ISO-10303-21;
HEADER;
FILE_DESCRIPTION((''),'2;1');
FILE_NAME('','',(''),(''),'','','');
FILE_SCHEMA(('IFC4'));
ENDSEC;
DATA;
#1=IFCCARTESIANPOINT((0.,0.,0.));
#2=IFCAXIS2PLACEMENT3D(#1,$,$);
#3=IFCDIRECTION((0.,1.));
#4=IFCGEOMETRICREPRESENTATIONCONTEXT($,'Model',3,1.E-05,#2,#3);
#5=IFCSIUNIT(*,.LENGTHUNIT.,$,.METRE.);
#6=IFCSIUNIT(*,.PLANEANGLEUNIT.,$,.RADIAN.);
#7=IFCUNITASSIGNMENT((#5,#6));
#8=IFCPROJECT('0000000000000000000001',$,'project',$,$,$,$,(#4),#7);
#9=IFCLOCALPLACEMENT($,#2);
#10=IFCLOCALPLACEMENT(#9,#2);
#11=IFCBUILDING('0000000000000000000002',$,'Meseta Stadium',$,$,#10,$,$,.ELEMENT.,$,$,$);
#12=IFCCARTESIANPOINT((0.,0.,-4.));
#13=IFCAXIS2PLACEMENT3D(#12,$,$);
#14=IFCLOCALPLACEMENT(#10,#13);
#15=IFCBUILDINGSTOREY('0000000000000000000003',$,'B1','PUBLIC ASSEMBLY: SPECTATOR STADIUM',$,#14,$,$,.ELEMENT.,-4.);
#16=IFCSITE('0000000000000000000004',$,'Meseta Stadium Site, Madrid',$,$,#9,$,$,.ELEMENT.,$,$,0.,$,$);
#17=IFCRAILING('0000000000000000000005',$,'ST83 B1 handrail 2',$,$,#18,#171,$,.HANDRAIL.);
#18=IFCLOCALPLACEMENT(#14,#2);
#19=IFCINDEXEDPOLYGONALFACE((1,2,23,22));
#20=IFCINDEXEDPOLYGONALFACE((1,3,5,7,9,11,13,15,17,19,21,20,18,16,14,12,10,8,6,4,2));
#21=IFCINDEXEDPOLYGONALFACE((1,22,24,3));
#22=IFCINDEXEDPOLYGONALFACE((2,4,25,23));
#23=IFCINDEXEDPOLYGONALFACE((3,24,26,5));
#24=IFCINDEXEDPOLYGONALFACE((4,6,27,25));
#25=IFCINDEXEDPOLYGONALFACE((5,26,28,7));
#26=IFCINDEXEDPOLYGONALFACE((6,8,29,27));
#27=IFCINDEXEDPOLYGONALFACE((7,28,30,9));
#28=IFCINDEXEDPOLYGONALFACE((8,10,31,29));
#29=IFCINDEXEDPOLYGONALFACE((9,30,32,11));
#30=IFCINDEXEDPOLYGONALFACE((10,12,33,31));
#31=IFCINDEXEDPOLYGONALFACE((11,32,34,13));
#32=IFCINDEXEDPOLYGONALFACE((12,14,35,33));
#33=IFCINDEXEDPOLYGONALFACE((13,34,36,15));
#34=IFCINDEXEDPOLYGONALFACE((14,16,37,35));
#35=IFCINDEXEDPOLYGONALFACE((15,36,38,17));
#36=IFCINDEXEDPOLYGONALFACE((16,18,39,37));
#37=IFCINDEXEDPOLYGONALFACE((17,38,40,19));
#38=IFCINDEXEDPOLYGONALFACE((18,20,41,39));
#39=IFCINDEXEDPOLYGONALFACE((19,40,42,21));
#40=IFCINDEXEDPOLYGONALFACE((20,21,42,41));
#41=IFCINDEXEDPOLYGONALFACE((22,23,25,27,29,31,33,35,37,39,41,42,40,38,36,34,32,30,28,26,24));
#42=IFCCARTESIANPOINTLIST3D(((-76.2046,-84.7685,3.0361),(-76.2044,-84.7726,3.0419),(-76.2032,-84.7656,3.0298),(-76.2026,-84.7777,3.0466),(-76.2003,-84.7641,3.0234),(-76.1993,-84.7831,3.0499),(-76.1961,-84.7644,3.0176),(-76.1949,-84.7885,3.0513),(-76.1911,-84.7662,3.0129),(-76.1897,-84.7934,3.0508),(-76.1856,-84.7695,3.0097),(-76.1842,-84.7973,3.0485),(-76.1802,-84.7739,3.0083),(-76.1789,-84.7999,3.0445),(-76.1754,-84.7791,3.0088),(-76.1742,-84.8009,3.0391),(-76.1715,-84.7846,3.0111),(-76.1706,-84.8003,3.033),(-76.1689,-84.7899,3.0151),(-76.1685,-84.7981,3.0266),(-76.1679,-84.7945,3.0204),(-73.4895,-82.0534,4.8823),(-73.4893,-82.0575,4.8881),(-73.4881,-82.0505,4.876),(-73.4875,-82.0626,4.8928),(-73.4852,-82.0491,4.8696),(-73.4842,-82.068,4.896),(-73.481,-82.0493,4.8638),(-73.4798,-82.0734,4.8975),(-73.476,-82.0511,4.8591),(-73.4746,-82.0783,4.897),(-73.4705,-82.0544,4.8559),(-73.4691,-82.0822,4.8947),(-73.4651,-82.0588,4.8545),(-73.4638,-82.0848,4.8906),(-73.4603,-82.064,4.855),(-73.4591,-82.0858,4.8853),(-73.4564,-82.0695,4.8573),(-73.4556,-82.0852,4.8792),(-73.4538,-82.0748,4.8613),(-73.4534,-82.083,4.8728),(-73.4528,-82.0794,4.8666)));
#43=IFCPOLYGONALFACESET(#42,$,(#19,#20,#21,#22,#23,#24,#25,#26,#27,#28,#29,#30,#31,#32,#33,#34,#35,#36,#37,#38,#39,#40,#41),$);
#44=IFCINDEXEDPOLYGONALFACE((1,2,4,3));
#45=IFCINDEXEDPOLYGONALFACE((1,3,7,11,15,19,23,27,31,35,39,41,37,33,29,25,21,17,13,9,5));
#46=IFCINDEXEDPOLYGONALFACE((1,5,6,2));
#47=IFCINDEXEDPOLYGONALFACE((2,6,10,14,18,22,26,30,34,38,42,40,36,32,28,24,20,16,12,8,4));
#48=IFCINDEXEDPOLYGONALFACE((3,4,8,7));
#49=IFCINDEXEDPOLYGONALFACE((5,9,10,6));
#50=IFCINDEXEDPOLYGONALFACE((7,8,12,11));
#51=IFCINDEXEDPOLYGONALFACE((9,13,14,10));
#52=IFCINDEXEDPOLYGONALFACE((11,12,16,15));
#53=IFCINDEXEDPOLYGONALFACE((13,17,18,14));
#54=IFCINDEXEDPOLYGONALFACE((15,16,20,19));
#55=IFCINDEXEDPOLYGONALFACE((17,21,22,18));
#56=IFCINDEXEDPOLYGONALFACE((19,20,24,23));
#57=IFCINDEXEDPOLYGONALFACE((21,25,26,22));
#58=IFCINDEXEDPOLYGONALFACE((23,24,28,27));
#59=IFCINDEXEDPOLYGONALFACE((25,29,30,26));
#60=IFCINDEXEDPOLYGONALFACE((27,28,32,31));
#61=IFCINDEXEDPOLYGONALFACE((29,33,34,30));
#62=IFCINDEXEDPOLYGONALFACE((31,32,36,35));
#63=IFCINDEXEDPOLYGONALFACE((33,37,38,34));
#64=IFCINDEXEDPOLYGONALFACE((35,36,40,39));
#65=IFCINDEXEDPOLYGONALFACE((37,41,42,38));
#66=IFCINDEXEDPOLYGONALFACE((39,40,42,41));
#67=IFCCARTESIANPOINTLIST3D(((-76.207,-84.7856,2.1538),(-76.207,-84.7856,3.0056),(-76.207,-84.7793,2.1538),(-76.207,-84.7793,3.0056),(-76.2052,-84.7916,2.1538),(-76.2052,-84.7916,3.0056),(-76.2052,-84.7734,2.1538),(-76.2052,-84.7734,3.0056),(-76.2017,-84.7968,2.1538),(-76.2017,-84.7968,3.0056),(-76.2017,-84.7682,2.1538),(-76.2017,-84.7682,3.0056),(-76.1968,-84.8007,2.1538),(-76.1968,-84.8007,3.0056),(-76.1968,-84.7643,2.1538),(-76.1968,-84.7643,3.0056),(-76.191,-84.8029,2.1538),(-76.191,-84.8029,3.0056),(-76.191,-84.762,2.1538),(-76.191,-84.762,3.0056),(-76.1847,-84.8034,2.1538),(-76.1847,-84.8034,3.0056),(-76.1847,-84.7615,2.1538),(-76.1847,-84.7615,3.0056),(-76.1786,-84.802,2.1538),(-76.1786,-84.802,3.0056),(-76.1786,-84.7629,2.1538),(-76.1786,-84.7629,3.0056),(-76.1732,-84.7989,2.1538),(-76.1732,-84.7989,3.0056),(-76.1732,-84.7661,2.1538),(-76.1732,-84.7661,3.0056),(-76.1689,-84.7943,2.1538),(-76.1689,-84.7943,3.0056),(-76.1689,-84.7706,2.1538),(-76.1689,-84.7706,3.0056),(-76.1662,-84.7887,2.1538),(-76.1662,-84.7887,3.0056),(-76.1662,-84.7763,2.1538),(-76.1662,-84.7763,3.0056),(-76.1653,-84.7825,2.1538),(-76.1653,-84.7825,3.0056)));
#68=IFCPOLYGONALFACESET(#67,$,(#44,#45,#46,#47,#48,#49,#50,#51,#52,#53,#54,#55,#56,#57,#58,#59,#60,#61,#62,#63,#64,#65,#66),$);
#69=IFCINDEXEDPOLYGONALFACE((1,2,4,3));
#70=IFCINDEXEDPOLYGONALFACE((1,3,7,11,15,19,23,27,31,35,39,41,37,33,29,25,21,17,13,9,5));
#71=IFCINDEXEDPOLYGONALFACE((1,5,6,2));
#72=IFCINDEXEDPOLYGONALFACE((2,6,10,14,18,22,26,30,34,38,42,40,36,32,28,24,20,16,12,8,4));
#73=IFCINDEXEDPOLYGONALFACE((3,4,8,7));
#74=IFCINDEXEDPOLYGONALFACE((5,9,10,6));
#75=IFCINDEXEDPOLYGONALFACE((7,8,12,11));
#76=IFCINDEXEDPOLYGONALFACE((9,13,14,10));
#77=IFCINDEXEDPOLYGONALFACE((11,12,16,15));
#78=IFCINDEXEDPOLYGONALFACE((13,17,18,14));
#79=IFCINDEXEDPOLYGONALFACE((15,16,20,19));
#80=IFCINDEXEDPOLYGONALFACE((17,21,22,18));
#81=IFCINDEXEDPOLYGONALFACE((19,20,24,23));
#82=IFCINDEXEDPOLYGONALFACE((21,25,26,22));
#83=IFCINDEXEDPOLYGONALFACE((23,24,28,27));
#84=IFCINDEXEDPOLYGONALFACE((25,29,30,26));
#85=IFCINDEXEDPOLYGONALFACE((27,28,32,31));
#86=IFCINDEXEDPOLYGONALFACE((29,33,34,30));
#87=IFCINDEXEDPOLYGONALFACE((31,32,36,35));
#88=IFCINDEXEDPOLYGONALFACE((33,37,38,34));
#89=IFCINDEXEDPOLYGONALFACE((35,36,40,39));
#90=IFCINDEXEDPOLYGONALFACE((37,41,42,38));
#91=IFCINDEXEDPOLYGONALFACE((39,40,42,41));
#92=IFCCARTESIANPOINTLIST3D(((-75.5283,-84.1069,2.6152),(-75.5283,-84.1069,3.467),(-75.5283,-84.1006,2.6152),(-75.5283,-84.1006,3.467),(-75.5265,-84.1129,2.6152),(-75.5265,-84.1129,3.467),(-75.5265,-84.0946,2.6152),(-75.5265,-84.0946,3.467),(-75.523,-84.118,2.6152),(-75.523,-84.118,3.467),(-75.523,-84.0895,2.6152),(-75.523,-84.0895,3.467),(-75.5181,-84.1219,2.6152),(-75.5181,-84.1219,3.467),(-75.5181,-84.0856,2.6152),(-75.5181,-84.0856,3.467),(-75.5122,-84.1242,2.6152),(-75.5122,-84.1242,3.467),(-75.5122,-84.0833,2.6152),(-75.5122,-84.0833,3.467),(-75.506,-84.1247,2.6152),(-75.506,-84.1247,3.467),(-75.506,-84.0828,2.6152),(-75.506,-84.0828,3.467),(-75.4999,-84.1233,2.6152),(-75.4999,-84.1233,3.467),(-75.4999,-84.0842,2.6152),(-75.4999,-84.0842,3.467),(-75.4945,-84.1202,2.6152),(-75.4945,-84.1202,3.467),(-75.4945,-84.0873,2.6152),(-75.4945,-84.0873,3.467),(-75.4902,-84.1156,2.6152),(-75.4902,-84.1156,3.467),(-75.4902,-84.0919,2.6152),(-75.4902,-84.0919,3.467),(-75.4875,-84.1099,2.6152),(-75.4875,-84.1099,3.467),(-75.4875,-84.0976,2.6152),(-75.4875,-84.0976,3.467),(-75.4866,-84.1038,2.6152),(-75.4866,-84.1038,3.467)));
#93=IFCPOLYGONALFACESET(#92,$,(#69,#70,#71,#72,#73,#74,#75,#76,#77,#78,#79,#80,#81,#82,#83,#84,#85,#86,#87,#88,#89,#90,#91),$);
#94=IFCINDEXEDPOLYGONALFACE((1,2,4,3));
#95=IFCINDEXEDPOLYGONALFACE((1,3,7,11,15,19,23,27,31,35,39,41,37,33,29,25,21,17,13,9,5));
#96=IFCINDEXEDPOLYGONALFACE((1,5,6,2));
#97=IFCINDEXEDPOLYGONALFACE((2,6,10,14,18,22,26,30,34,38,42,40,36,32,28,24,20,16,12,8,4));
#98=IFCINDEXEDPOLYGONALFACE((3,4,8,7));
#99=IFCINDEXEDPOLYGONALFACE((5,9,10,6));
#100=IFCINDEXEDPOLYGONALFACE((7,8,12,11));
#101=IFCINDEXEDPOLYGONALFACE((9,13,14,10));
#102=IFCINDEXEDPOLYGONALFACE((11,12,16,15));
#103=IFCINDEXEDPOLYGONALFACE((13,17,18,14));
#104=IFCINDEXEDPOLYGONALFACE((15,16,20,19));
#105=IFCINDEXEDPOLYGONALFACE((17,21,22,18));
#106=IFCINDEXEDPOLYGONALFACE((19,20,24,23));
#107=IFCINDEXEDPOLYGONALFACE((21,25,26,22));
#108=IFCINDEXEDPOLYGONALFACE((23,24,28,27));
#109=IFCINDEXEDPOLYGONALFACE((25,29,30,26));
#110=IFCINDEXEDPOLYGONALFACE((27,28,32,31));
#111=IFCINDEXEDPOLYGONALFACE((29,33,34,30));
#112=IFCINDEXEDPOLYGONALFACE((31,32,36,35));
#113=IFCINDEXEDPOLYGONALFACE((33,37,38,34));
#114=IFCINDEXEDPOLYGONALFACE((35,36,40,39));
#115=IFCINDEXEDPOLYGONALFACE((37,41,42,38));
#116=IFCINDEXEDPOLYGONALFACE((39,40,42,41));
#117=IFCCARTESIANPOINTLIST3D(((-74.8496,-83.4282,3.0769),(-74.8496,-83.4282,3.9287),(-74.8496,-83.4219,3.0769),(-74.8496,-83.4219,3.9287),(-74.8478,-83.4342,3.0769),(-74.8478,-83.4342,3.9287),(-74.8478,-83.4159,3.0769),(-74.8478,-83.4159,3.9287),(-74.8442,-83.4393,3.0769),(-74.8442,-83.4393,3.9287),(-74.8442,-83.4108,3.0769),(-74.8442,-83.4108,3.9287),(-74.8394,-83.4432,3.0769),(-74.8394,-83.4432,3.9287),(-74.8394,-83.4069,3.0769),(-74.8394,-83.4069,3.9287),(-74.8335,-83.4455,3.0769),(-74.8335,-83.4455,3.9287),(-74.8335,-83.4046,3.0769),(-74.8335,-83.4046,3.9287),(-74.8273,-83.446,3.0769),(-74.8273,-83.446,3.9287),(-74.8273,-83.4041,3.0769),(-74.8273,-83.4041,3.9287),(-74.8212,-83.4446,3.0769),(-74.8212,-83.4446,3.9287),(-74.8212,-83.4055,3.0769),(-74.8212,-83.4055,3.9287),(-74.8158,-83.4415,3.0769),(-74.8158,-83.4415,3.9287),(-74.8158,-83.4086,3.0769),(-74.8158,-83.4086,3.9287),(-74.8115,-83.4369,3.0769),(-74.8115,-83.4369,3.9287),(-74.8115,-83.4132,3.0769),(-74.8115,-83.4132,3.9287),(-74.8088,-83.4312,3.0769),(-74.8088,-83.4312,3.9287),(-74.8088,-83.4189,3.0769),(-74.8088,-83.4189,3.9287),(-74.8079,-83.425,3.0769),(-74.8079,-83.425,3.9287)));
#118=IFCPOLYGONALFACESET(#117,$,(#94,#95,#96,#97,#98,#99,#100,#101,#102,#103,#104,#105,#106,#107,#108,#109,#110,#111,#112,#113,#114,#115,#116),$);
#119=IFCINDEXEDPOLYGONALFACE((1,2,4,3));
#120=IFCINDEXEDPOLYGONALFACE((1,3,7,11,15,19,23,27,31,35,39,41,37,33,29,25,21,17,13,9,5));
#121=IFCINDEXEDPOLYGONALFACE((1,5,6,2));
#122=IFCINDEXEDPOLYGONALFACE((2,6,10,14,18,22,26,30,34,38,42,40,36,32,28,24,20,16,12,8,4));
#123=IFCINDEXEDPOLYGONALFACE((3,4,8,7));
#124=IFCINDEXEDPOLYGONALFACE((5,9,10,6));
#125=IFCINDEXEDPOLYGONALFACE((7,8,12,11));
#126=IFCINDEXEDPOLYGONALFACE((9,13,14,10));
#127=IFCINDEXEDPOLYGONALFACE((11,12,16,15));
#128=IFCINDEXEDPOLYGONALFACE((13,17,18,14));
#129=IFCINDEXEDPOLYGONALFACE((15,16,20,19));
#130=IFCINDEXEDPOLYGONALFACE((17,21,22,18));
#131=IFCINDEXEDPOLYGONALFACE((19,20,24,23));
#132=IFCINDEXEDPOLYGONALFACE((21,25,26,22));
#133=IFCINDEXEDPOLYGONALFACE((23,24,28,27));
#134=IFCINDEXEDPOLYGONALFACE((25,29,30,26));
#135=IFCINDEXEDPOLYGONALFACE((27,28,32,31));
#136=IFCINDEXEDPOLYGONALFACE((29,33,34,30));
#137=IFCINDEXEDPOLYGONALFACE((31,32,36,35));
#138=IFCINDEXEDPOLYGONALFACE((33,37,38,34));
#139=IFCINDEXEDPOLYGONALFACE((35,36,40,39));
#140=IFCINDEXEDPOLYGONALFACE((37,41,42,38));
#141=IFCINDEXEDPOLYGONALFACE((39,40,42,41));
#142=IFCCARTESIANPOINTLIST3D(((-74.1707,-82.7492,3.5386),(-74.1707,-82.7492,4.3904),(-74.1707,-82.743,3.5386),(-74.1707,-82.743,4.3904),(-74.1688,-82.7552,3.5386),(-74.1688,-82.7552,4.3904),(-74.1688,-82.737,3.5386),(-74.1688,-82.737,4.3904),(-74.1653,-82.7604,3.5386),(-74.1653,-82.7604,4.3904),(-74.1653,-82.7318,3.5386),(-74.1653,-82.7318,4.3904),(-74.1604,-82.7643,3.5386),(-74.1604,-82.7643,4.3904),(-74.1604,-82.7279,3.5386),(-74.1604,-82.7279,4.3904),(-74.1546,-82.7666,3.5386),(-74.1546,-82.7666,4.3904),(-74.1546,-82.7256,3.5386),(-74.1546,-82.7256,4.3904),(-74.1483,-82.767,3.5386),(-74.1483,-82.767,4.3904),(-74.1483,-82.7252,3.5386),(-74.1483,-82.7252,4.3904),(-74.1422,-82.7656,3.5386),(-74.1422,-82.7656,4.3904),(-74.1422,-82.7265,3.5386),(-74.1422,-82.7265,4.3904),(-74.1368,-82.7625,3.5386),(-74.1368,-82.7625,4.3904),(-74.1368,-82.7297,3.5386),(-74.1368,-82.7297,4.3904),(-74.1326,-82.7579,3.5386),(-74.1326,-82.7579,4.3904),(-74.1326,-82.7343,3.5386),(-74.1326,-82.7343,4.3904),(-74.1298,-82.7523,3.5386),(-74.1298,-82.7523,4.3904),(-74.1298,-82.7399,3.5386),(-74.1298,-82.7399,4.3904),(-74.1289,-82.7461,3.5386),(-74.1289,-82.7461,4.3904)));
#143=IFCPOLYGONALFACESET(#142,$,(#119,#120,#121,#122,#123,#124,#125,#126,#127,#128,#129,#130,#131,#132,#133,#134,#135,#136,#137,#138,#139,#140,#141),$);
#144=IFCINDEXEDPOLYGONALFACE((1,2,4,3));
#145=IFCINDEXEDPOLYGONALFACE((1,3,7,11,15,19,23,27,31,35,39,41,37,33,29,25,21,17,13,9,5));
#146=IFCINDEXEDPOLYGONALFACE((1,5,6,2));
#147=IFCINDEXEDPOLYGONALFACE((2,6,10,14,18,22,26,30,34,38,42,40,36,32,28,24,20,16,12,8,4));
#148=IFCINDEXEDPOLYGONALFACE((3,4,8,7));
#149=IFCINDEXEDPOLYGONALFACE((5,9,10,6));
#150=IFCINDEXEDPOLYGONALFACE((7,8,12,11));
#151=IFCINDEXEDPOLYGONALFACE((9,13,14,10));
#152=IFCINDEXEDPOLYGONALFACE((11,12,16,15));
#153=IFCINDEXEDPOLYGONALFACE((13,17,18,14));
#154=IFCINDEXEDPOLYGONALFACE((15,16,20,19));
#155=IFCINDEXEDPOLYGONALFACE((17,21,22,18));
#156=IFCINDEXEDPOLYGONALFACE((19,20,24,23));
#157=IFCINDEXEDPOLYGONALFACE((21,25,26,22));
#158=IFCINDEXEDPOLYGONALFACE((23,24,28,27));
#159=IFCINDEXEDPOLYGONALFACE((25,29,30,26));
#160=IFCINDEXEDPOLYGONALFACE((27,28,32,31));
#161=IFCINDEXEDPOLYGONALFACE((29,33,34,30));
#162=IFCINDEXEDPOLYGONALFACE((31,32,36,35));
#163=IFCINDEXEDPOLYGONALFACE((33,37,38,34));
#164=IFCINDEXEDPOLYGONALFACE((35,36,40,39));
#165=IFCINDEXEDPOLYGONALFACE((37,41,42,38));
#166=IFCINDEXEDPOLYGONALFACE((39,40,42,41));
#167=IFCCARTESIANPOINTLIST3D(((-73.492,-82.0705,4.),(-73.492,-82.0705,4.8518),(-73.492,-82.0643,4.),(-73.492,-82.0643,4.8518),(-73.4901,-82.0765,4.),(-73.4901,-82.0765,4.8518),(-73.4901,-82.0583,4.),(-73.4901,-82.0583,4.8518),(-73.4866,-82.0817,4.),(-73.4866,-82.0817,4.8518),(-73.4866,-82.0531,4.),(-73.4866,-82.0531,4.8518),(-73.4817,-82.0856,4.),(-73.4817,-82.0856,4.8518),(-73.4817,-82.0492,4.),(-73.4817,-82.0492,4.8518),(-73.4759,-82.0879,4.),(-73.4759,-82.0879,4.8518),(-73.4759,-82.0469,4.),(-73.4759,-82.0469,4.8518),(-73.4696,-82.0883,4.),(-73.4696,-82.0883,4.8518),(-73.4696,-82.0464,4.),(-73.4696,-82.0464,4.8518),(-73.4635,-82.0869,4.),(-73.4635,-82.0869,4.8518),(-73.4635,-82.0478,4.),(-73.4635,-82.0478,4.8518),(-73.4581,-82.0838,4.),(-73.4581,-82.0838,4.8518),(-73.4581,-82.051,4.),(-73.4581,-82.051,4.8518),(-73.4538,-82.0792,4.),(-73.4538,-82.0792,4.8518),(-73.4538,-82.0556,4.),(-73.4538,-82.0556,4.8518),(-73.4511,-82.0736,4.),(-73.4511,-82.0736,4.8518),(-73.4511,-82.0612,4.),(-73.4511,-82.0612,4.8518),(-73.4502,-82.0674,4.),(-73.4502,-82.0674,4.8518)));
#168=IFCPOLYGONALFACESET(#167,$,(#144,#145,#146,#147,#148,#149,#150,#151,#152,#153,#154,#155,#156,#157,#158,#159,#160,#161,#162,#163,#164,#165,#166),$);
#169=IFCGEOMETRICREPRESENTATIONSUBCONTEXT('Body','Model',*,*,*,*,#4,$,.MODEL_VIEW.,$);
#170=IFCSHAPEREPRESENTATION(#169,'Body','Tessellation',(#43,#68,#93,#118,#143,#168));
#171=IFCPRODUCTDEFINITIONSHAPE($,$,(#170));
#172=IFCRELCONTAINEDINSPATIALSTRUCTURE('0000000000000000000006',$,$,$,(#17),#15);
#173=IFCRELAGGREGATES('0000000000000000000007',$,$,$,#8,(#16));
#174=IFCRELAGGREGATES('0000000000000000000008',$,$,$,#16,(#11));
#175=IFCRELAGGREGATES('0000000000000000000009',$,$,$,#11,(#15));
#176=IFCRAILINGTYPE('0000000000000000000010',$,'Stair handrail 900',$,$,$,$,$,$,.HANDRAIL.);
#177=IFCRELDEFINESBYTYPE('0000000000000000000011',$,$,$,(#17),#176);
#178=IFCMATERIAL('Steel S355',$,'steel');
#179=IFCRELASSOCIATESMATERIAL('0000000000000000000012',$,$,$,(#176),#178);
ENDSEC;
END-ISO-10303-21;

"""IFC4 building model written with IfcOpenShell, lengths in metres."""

from ifc_helpers import new_model, si_unit, direction, frame, origin, origin_2d, place, context, subcontext, project, spatial, circle, extrude, material, type_object, element, save


model = new_model("IFC4")

# Units and contexts
model_context = context("Model", 3, precision=1e-05, world=origin(), true_north=direction((0.0, 1.0)))
body_context = subcontext(model_context, "Body", "Model", "MODEL_VIEW")
ifc_project = project(units=[si_unit("LENGTHUNIT", "METRE"), si_unit("PLANEANGLEUNIT", "RADIAN")], contexts=[model_context])

# Site, building, storey
site_placement = place(None, origin())
site = spatial("IfcSite", under=ifc_project, at=site_placement, Name="Meseta Stadium Site, Madrid", CompositionType="ELEMENT", RefElevation=0.0)
building_placement = place(site_placement, origin())
building = spatial("IfcBuilding", under=site, at=building_placement, Name="Meseta Stadium", CompositionType="ELEMENT")
storey_placement = place(building_placement, frame((0.0, 0.0, -4.0)))
storey = spatial("IfcBuildingStorey", under=building, at=storey_placement, Name="B1", Description="PUBLIC ASSEMBLY: SPECTATOR STADIUM", CompositionType="ELEMENT", Elevation=-4.0)

# Railing
ifc_material_1 = material(Name="Steel S355", Category="steel")
railing_type_1 = type_object("IfcRailingType", Name="Stair handrail 900", PredefinedType="HANDRAIL", material=ifc_material_1)
railing_1_placement = place(storey_placement, frame((-76.1863, -84.7825, 2.1538)))
element("IfcRailing", 1, at=railing_1_placement, inside=storey, type_object=railing_type_1, Name="ST83 B1 handrail 2", PredefinedType="HANDRAIL", context=body_context, shape_type="SweptSolid", body=[
    extrude(circle(Radius=0.0239, at=origin_2d()), frame((0.0, 0.0, 0.876), z_axis=(0.63727, 0.63727, 0.433328), x_axis=(-0.707107, 0.707107, 0.0)), (0.0, 0.0, 1.0), 4.2605),
    extrude(circle(Radius=0.021, at=origin_2d()), origin(), (0.0, 0.0, 1.0), 0.8518),
    extrude(circle(Radius=0.021, at=origin_2d()), frame((0.6787, 0.6787, 0.4614)), (0.0, 0.0, 1.0), 0.8518),
    extrude(circle(Radius=0.021, at=origin_2d()), frame((1.3574, 1.3574, 0.9231)), (0.0, 0.0, 1.0), 0.8518),
    extrude(circle(Radius=0.021, at=origin_2d()), frame((2.0364, 2.0364, 1.3848)), (0.0, 0.0, 1.0), 0.8518),
    extrude(circle(Radius=0.021, at=origin_2d()), frame((2.7151, 2.7151, 1.8462)), (0.0, 0.0, 1.0), 0.8518),
])

save(model, "model.ifc")
